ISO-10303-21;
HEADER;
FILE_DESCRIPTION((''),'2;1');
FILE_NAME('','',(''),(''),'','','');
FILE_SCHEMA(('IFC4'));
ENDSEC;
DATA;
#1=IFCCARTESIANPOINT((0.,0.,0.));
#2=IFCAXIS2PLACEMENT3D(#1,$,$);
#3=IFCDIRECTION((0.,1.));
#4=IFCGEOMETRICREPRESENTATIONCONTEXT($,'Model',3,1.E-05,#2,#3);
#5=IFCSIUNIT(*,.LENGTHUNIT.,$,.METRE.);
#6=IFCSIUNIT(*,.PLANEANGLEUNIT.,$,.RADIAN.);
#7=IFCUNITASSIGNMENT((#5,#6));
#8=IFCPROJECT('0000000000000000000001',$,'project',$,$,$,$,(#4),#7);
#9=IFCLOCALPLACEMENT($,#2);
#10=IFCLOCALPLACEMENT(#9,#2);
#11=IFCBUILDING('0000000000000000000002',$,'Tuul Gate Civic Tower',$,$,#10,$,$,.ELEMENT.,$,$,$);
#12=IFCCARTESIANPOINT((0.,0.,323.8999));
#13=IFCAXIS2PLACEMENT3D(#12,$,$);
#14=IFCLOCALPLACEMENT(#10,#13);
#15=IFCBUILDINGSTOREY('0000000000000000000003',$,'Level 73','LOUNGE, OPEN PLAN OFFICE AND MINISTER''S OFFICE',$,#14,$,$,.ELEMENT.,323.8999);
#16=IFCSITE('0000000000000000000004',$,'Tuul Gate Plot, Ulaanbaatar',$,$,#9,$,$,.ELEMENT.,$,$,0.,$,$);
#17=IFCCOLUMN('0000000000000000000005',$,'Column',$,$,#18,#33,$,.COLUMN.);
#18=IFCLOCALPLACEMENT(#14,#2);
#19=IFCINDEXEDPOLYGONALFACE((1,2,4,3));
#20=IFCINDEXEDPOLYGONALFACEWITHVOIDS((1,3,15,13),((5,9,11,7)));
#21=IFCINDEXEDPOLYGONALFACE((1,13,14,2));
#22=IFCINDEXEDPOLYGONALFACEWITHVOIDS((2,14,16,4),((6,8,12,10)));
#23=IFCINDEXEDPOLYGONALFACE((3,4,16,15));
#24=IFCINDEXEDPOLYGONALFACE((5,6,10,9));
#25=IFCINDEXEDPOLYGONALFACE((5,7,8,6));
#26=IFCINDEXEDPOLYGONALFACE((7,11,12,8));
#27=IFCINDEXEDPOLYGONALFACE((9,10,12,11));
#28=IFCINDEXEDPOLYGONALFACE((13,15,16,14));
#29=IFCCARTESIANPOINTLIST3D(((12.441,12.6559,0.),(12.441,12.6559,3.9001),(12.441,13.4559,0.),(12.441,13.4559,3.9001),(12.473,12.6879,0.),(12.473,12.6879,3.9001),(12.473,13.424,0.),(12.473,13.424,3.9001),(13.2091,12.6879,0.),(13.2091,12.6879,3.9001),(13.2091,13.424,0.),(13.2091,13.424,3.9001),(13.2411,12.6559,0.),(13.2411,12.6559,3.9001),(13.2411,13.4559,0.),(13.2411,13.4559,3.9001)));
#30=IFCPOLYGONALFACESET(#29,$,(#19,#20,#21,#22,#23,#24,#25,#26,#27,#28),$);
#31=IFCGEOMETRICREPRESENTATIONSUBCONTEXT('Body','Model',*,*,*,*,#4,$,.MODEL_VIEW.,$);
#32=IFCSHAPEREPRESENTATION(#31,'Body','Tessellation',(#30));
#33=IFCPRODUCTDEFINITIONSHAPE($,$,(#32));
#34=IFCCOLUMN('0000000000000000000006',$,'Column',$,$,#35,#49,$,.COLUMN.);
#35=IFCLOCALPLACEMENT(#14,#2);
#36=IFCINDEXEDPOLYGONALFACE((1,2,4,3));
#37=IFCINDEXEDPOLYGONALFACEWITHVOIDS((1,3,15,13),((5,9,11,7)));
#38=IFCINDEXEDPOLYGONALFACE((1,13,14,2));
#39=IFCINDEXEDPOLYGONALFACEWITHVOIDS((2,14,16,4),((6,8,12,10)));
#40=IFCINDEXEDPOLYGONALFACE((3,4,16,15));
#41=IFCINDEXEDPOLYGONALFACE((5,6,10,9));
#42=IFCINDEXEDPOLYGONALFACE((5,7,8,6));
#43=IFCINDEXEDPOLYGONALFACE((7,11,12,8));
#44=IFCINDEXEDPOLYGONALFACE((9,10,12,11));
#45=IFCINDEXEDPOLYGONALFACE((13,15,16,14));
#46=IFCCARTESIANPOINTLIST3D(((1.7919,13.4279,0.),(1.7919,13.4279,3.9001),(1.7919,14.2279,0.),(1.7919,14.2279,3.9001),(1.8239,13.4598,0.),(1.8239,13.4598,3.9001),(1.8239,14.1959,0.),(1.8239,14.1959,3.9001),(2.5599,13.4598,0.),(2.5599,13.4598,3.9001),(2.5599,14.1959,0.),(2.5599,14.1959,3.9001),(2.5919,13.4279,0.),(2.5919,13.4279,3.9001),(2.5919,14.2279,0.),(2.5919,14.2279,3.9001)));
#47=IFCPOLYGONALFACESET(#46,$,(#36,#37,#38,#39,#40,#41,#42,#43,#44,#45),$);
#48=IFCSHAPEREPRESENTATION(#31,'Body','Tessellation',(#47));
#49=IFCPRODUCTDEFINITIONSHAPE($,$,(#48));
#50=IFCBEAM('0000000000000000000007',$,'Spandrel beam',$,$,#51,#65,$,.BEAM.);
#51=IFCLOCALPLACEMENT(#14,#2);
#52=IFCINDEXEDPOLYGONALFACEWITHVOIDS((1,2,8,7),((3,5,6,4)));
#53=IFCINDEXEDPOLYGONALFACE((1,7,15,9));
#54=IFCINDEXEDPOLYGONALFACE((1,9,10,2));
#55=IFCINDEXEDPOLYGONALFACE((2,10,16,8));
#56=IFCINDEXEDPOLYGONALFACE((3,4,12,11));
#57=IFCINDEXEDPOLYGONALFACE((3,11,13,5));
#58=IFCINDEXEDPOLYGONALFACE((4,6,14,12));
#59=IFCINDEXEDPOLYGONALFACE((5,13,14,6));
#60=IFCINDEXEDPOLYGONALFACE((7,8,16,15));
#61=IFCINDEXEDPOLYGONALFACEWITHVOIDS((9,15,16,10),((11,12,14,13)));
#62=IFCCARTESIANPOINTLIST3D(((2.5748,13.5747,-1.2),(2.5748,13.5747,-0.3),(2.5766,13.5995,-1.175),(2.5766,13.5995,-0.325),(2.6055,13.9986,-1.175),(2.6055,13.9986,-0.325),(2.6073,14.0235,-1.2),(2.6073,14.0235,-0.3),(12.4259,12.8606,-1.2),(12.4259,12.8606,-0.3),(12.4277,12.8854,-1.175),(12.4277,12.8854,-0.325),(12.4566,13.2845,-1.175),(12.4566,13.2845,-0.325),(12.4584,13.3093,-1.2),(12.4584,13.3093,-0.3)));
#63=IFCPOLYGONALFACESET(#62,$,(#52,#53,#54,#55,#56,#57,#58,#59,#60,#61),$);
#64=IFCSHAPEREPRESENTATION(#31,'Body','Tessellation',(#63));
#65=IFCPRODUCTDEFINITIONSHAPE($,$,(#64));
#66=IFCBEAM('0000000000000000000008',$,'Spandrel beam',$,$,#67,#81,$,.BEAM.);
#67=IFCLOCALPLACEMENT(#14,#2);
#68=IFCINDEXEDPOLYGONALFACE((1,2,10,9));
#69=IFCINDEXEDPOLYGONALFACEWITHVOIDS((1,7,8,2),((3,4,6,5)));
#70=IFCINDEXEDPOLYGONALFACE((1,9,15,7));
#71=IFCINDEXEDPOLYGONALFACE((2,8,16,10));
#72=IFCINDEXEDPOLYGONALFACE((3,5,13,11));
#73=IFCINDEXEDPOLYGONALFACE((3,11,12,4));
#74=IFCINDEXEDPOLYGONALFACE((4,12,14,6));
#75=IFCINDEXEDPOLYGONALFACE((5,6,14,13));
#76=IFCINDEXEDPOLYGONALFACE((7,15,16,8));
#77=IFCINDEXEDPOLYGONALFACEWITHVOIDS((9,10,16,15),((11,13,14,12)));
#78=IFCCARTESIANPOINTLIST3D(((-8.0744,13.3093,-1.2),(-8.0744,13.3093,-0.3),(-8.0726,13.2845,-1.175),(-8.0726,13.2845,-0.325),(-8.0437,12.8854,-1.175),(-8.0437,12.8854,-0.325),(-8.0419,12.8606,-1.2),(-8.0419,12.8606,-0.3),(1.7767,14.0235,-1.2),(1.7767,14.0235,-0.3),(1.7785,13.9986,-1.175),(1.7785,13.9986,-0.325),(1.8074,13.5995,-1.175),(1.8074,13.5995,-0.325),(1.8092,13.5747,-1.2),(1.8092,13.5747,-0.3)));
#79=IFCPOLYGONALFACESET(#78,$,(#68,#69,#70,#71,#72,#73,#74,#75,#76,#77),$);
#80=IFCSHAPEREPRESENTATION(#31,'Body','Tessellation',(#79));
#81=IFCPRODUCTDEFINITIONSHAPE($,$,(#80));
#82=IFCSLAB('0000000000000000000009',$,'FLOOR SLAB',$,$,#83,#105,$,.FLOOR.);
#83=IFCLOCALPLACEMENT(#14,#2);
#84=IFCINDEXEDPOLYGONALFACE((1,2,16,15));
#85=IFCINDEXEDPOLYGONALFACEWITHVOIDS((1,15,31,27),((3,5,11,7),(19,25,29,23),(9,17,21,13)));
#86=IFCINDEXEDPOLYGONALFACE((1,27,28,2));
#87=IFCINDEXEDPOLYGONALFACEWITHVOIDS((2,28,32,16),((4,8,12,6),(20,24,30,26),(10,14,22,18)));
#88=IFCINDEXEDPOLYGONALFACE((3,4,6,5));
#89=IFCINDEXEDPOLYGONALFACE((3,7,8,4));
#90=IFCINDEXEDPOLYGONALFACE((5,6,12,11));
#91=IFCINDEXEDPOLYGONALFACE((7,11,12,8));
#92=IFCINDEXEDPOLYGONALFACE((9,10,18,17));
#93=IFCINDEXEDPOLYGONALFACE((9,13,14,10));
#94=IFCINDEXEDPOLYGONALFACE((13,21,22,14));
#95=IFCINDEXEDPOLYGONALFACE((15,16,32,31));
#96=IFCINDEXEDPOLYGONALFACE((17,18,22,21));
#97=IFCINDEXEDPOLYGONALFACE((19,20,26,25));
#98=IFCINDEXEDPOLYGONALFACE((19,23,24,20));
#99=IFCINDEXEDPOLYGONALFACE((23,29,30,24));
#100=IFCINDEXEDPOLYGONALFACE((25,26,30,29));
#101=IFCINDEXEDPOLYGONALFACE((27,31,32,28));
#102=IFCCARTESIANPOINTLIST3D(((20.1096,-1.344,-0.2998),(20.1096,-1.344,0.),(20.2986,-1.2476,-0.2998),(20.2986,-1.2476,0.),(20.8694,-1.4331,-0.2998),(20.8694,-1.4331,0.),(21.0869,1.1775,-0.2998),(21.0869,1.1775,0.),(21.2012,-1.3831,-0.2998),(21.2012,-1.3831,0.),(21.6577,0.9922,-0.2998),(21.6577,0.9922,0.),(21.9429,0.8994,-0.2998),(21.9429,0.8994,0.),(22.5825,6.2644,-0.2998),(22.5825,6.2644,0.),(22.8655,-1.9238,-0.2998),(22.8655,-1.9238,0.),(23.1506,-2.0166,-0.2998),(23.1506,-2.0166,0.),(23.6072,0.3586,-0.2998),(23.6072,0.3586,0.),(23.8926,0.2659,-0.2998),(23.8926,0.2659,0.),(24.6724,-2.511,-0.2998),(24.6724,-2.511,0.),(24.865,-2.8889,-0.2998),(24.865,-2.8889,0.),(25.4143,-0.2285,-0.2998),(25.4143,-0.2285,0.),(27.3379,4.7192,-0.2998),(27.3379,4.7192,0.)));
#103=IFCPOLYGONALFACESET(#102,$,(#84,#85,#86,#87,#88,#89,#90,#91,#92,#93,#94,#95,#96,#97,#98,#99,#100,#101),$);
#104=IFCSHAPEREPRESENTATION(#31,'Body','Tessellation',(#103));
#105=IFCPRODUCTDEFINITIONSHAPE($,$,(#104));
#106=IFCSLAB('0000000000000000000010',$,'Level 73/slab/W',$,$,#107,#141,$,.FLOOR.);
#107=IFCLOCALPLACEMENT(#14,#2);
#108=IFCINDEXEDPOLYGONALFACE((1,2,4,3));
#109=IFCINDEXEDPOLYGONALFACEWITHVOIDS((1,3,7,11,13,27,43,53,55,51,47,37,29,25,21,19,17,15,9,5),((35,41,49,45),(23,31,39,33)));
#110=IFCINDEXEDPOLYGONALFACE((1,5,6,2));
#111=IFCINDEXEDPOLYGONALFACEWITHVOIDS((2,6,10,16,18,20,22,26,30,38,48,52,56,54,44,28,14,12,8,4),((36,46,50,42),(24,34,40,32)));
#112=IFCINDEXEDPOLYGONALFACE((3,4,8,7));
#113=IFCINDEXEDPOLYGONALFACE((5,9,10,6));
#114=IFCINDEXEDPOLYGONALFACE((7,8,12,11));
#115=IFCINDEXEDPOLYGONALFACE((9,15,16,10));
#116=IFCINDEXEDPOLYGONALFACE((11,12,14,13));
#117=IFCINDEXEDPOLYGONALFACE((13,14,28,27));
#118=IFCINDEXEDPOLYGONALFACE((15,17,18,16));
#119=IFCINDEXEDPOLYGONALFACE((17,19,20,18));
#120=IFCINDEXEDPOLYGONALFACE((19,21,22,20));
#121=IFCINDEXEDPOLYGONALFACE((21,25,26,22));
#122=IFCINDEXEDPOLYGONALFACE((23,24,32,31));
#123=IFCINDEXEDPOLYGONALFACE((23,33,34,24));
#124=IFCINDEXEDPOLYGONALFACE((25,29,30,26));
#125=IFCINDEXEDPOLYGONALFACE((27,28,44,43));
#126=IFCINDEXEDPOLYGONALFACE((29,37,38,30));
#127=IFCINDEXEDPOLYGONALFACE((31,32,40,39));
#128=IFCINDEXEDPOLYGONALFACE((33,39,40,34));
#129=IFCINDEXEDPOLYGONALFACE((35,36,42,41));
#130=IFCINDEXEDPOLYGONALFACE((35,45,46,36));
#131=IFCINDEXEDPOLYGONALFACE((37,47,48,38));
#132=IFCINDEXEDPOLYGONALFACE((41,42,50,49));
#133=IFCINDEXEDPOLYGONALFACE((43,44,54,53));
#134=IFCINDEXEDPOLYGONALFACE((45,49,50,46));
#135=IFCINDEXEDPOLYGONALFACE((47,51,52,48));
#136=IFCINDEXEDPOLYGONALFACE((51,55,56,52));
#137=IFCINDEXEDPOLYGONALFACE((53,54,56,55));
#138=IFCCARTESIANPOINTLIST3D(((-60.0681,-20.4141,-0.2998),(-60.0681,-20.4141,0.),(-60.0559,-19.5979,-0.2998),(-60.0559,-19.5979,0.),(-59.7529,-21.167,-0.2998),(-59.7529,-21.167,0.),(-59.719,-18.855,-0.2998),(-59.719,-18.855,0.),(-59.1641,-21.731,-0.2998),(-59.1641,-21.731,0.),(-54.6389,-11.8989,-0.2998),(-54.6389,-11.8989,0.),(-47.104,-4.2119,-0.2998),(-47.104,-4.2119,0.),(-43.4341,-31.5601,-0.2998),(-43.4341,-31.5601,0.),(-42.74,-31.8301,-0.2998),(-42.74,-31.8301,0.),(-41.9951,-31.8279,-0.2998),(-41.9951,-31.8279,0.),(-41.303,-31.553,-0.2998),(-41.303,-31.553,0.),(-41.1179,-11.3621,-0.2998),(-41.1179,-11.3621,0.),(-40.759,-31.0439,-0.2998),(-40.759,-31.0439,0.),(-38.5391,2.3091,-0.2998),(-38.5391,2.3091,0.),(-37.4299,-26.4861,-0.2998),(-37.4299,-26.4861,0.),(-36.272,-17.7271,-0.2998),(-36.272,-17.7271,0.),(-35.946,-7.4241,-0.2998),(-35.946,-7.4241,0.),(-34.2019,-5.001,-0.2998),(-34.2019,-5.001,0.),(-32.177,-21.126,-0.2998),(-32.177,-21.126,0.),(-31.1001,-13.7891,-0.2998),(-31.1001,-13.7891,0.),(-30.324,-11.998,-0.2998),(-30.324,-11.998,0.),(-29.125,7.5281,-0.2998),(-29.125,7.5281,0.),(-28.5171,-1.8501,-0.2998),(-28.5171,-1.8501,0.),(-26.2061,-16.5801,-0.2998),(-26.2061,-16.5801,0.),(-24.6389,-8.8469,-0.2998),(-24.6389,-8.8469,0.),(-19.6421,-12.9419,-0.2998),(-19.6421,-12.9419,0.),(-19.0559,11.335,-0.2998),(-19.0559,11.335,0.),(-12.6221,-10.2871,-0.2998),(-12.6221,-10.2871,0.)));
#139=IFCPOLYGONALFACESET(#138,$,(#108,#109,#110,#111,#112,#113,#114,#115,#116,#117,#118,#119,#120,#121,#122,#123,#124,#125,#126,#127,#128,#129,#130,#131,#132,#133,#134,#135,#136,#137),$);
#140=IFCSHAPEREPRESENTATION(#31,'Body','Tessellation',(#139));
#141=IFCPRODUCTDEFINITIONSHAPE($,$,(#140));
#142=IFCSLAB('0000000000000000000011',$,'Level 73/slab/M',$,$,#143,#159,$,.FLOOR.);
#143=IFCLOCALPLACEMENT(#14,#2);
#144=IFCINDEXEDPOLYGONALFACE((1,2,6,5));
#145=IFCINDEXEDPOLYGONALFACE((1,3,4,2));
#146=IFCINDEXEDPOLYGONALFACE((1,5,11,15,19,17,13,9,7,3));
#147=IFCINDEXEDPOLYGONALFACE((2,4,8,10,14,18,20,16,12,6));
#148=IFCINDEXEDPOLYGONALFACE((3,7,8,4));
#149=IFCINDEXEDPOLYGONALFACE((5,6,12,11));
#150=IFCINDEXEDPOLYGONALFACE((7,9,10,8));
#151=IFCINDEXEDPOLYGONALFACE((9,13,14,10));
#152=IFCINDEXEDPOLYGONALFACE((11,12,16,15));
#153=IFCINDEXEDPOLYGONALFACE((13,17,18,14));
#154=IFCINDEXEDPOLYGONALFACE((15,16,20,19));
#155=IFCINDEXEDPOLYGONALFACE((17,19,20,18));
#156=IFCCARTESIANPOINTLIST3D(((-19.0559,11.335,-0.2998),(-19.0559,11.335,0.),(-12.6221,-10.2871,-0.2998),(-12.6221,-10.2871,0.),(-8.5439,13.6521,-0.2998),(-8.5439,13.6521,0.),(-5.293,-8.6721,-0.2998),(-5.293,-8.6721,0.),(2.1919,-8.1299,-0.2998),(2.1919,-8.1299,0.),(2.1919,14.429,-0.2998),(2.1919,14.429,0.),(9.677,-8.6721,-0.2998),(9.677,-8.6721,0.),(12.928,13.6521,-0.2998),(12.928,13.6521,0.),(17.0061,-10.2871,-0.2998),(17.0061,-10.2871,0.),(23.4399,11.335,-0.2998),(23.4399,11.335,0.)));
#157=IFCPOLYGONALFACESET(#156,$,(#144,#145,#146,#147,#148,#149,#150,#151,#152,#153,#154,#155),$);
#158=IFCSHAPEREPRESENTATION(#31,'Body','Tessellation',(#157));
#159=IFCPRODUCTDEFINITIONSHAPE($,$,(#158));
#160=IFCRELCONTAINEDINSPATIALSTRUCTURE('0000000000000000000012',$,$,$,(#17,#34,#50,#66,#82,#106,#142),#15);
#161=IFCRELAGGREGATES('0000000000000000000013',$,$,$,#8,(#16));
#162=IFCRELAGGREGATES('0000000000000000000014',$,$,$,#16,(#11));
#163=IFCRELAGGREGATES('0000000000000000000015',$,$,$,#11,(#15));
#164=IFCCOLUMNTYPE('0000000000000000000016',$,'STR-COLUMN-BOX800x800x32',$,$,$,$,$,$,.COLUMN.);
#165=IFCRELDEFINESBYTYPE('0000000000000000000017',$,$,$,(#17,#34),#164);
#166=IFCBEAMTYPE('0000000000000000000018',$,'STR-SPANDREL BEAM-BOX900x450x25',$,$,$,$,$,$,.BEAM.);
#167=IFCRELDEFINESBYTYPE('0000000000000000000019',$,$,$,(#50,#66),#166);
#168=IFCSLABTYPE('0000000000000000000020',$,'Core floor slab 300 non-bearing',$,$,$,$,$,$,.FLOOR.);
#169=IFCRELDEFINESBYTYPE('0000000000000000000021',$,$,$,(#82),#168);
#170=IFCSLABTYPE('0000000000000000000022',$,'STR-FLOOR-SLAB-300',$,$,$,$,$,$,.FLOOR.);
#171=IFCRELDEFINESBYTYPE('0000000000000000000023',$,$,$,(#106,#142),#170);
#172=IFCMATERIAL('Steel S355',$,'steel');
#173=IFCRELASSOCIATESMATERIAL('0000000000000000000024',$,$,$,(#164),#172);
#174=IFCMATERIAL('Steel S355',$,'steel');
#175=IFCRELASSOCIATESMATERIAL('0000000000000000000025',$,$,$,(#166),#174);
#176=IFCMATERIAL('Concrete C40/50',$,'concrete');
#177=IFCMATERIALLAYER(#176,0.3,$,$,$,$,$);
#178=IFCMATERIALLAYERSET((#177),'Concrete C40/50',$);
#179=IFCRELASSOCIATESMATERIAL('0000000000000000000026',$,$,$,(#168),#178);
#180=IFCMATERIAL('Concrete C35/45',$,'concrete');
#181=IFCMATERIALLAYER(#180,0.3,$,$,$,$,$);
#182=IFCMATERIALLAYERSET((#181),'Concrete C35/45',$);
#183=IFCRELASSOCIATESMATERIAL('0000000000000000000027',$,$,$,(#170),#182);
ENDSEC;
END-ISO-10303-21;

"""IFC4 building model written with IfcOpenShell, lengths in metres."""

from ifc_helpers import new_model, si_unit, direction, frame, origin, origin_2d, place, context, subcontext, project, spatial, polyline, hollow_rectangle, outline, extrude, material, layer, layer_set, material_profile, profile_set, type_object, element, save


model = new_model("IFC4")

# Units and contexts
model_context = context("Model", 3, precision=1e-05, world=origin(), true_north=direction((0.0, 1.0)))
body_context = subcontext(model_context, "Body", "Model", "MODEL_VIEW")
ifc_project = project(units=[si_unit("LENGTHUNIT", "METRE"), si_unit("PLANEANGLEUNIT", "RADIAN")], contexts=[model_context])

# Site, building, storey
site_placement = place(None, origin())
site = spatial("IfcSite", under=ifc_project, at=site_placement, Name="Tuul Gate Plot, Ulaanbaatar", CompositionType="ELEMENT", RefElevation=0.0)
building_placement = place(site_placement, origin())
building = spatial("IfcBuilding", under=site, at=building_placement, Name="Tuul Gate Civic Tower", CompositionType="ELEMENT")
storey_placement = place(building_placement, frame((0.0, 0.0, 323.8999)))
storey = spatial("IfcBuildingStorey", under=building, at=storey_placement, Name="Level 73", Description="LOUNGE, OPEN PLAN OFFICE AND MINISTER'S OFFICE", CompositionType="ELEMENT", Elevation=323.8999)

# Columns
ifc_material_1 = material(Name="Steel S355", Category="steel")
ifc_material_profile_1 = material_profile(ifc_material_1, hollow_rectangle(XDim=0.8, YDim=0.8, WallThickness=0.032, at=origin_2d()), Name="BOX800x800x32")
ifc_profile_set_1 = profile_set([ifc_material_profile_1], Name="Steel S355")
column_type = type_object("IfcColumnType", Name="STR-COLUMN-BOX800x800x32", PredefinedType="COLUMN", material=ifc_profile_set_1)
for number, where, z_axis, x_axis, name in (
    (1, (12.8411, 13.0559, 0.0), (0.0, 0.0, 1.0), (1.0, 0.0, 0.0), "Column"),
    (2, (2.1919, 13.8279, 0.0), (0.0, 0.0, 1.0), (1.0, 0.0, 0.0), "Column"),
):
    element("IfcColumn", number, at=place(storey_placement, frame(where, z_axis=z_axis, x_axis=x_axis)), inside=storey, type_object=column_type, Name=name, PredefinedType="COLUMN", context=body_context, shape_type="SweptSolid", body=[
        extrude(hollow_rectangle(XDim=0.8, YDim=0.8, WallThickness=0.032, at=origin_2d()), origin(), (0.0, 0.0, 1.0), 3.9001),
    ])

# Beams
ifc_material_2 = material(Name="Steel S355", Category="steel")
ifc_material_profile_2 = material_profile(ifc_material_2, hollow_rectangle(XDim=0.45, YDim=0.8999, WallThickness=0.0249, at=origin_2d()), Name="BOX900x450x25")
ifc_profile_set_2 = profile_set([ifc_material_profile_2], Name="Steel S355")
beam_type = type_object("IfcBeamType", Name="STR-SPANDREL BEAM-BOX900x450x25", PredefinedType="BEAM", material=ifc_profile_set_2)
for number, where, z_axis, x_axis, name in (
    (3, (12.4421, 13.085, -0.75), (-0.997383, 0.072301, 0.0), (-0.072301, -0.997383, 0.0), "Spandrel beam"),
    (4, (1.793, 13.7991, -0.75), (-0.997383, -0.072301, 0.0), (0.072301, -0.997383, 0.0), "Spandrel beam"),
):
    element("IfcBeam", number, at=place(storey_placement, frame(where, z_axis=z_axis, x_axis=x_axis)), inside=storey, type_object=beam_type, Name=name, PredefinedType="BEAM", context=body_context, shape_type="SweptSolid", body=[
        extrude(hollow_rectangle(XDim=0.45, YDim=0.8999, WallThickness=0.0249, at=origin_2d()), origin(), (0.0, 0.0, 1.0), 9.877),
    ])

# Slabs
ifc_material_3 = material(Name="Concrete C40/50", Category="concrete")
ifc_layer_1 = layer(ifc_material_3, 0.3)
ifc_layer_set_1 = layer_set([ifc_layer_1], Name="Concrete C40/50")
slab_type_1 = type_object("IfcSlabType", Name="Core floor slab 300 non-bearing", PredefinedType="FLOOR", material=ifc_layer_set_1)
slab_1_placement = place(storey_placement, frame((0.0, 0.0, -0.2998)))
element("IfcSlab", 5, at=slab_1_placement, inside=storey, type_object=slab_type_1, Name="FLOOR SLAB", PredefinedType="FLOOR", context=body_context, shape_type="SweptSolid", body=[
    extrude(outline(polyline([(24.865, -2.8889), (27.3379, 4.7192), (22.5825, 6.2644), (20.1096, -1.344), (24.865, -2.8889)]), holes=[polyline([(24.6724, -2.511), (25.4143, -0.2285), (23.8926, 0.2659), (23.1506, -2.0166), (24.6724, -2.511)]), polyline([(22.8655, -1.9238), (23.6072, 0.3586), (21.9429, 0.8994), (21.2012, -1.3831), (22.8655, -1.9238)]), polyline([(20.8694, -1.4331), (21.6577, 0.9922), (21.0869, 1.1775), (20.2986, -1.2476), (20.8694, -1.4331)])]), origin(), (0.0, 0.0, 1.0), 0.2998),
])
ifc_material_4 = material(Name="Concrete C35/45", Category="concrete")
ifc_layer_2 = layer(ifc_material_4, 0.3)
ifc_layer_set_2 = layer_set([ifc_layer_2], Name="Concrete C35/45")
slab_type_2 = type_object("IfcSlabType", Name="STR-FLOOR-SLAB-300", PredefinedType="FLOOR", material=ifc_layer_set_2)
slab_2_placement = place(storey_placement, frame((0.0, 0.0, -0.2998)))
element("IfcSlab", 6, at=slab_2_placement, inside=storey, type_object=slab_type_2, Name="Level 73/slab/W", PredefinedType="FLOOR", context=body_context, shape_type="SweptSolid", body=[
    extrude(outline(polyline([(-19.6421, -12.9419), (-12.6221, -10.2871), (-19.0559, 11.335), (-29.125, 7.5281), (-38.5391, 2.3091), (-47.104, -4.2119), (-54.6389, -11.8989), (-59.719, -18.855), (-60.0559, -19.5979), (-60.0681, -20.4141), (-59.7529, -21.167), (-59.1641, -21.731), (-43.4341, -31.5601), (-42.74, -31.8301), (-41.9951, -31.8279), (-41.303, -31.553), (-40.759, -31.0439), (-37.4299, -26.4861), (-32.177, -21.126), (-26.2061, -16.5801), (-19.6421, -12.9419)]), holes=[polyline([(-31.1001, -13.7891), (-36.272, -17.7271), (-41.1179, -11.3621), (-35.946, -7.4241), (-31.1001, -13.7891)]), polyline([(-24.6389, -8.8469), (-30.324, -11.998), (-34.2019, -5.001), (-28.5171, -1.8501), (-24.6389, -8.8469)])]), origin(), (0.0, 0.0, 1.0), 0.2998),
])
slab_3_placement = place(storey_placement, frame((0.0, 0.0, -0.2998)))
element("IfcSlab", 7, at=slab_3_placement, inside=storey, type_object=slab_type_2, Name="Level 73/slab/M", PredefinedType="FLOOR", context=body_context, shape_type="SweptSolid", body=[
    extrude(outline(polyline([(17.0061, -10.2871), (23.4399, 11.335), (12.928, 13.6521), (2.1919, 14.429), (-8.5439, 13.6521), (-19.0559, 11.335), (-12.6221, -10.2871), (-5.293, -8.6721), (2.1919, -8.1299), (9.677, -8.6721), (17.0061, -10.2871)])), origin(), (0.0, 0.0, 1.0), 0.2998),
])

save(model, "model.ifc")
